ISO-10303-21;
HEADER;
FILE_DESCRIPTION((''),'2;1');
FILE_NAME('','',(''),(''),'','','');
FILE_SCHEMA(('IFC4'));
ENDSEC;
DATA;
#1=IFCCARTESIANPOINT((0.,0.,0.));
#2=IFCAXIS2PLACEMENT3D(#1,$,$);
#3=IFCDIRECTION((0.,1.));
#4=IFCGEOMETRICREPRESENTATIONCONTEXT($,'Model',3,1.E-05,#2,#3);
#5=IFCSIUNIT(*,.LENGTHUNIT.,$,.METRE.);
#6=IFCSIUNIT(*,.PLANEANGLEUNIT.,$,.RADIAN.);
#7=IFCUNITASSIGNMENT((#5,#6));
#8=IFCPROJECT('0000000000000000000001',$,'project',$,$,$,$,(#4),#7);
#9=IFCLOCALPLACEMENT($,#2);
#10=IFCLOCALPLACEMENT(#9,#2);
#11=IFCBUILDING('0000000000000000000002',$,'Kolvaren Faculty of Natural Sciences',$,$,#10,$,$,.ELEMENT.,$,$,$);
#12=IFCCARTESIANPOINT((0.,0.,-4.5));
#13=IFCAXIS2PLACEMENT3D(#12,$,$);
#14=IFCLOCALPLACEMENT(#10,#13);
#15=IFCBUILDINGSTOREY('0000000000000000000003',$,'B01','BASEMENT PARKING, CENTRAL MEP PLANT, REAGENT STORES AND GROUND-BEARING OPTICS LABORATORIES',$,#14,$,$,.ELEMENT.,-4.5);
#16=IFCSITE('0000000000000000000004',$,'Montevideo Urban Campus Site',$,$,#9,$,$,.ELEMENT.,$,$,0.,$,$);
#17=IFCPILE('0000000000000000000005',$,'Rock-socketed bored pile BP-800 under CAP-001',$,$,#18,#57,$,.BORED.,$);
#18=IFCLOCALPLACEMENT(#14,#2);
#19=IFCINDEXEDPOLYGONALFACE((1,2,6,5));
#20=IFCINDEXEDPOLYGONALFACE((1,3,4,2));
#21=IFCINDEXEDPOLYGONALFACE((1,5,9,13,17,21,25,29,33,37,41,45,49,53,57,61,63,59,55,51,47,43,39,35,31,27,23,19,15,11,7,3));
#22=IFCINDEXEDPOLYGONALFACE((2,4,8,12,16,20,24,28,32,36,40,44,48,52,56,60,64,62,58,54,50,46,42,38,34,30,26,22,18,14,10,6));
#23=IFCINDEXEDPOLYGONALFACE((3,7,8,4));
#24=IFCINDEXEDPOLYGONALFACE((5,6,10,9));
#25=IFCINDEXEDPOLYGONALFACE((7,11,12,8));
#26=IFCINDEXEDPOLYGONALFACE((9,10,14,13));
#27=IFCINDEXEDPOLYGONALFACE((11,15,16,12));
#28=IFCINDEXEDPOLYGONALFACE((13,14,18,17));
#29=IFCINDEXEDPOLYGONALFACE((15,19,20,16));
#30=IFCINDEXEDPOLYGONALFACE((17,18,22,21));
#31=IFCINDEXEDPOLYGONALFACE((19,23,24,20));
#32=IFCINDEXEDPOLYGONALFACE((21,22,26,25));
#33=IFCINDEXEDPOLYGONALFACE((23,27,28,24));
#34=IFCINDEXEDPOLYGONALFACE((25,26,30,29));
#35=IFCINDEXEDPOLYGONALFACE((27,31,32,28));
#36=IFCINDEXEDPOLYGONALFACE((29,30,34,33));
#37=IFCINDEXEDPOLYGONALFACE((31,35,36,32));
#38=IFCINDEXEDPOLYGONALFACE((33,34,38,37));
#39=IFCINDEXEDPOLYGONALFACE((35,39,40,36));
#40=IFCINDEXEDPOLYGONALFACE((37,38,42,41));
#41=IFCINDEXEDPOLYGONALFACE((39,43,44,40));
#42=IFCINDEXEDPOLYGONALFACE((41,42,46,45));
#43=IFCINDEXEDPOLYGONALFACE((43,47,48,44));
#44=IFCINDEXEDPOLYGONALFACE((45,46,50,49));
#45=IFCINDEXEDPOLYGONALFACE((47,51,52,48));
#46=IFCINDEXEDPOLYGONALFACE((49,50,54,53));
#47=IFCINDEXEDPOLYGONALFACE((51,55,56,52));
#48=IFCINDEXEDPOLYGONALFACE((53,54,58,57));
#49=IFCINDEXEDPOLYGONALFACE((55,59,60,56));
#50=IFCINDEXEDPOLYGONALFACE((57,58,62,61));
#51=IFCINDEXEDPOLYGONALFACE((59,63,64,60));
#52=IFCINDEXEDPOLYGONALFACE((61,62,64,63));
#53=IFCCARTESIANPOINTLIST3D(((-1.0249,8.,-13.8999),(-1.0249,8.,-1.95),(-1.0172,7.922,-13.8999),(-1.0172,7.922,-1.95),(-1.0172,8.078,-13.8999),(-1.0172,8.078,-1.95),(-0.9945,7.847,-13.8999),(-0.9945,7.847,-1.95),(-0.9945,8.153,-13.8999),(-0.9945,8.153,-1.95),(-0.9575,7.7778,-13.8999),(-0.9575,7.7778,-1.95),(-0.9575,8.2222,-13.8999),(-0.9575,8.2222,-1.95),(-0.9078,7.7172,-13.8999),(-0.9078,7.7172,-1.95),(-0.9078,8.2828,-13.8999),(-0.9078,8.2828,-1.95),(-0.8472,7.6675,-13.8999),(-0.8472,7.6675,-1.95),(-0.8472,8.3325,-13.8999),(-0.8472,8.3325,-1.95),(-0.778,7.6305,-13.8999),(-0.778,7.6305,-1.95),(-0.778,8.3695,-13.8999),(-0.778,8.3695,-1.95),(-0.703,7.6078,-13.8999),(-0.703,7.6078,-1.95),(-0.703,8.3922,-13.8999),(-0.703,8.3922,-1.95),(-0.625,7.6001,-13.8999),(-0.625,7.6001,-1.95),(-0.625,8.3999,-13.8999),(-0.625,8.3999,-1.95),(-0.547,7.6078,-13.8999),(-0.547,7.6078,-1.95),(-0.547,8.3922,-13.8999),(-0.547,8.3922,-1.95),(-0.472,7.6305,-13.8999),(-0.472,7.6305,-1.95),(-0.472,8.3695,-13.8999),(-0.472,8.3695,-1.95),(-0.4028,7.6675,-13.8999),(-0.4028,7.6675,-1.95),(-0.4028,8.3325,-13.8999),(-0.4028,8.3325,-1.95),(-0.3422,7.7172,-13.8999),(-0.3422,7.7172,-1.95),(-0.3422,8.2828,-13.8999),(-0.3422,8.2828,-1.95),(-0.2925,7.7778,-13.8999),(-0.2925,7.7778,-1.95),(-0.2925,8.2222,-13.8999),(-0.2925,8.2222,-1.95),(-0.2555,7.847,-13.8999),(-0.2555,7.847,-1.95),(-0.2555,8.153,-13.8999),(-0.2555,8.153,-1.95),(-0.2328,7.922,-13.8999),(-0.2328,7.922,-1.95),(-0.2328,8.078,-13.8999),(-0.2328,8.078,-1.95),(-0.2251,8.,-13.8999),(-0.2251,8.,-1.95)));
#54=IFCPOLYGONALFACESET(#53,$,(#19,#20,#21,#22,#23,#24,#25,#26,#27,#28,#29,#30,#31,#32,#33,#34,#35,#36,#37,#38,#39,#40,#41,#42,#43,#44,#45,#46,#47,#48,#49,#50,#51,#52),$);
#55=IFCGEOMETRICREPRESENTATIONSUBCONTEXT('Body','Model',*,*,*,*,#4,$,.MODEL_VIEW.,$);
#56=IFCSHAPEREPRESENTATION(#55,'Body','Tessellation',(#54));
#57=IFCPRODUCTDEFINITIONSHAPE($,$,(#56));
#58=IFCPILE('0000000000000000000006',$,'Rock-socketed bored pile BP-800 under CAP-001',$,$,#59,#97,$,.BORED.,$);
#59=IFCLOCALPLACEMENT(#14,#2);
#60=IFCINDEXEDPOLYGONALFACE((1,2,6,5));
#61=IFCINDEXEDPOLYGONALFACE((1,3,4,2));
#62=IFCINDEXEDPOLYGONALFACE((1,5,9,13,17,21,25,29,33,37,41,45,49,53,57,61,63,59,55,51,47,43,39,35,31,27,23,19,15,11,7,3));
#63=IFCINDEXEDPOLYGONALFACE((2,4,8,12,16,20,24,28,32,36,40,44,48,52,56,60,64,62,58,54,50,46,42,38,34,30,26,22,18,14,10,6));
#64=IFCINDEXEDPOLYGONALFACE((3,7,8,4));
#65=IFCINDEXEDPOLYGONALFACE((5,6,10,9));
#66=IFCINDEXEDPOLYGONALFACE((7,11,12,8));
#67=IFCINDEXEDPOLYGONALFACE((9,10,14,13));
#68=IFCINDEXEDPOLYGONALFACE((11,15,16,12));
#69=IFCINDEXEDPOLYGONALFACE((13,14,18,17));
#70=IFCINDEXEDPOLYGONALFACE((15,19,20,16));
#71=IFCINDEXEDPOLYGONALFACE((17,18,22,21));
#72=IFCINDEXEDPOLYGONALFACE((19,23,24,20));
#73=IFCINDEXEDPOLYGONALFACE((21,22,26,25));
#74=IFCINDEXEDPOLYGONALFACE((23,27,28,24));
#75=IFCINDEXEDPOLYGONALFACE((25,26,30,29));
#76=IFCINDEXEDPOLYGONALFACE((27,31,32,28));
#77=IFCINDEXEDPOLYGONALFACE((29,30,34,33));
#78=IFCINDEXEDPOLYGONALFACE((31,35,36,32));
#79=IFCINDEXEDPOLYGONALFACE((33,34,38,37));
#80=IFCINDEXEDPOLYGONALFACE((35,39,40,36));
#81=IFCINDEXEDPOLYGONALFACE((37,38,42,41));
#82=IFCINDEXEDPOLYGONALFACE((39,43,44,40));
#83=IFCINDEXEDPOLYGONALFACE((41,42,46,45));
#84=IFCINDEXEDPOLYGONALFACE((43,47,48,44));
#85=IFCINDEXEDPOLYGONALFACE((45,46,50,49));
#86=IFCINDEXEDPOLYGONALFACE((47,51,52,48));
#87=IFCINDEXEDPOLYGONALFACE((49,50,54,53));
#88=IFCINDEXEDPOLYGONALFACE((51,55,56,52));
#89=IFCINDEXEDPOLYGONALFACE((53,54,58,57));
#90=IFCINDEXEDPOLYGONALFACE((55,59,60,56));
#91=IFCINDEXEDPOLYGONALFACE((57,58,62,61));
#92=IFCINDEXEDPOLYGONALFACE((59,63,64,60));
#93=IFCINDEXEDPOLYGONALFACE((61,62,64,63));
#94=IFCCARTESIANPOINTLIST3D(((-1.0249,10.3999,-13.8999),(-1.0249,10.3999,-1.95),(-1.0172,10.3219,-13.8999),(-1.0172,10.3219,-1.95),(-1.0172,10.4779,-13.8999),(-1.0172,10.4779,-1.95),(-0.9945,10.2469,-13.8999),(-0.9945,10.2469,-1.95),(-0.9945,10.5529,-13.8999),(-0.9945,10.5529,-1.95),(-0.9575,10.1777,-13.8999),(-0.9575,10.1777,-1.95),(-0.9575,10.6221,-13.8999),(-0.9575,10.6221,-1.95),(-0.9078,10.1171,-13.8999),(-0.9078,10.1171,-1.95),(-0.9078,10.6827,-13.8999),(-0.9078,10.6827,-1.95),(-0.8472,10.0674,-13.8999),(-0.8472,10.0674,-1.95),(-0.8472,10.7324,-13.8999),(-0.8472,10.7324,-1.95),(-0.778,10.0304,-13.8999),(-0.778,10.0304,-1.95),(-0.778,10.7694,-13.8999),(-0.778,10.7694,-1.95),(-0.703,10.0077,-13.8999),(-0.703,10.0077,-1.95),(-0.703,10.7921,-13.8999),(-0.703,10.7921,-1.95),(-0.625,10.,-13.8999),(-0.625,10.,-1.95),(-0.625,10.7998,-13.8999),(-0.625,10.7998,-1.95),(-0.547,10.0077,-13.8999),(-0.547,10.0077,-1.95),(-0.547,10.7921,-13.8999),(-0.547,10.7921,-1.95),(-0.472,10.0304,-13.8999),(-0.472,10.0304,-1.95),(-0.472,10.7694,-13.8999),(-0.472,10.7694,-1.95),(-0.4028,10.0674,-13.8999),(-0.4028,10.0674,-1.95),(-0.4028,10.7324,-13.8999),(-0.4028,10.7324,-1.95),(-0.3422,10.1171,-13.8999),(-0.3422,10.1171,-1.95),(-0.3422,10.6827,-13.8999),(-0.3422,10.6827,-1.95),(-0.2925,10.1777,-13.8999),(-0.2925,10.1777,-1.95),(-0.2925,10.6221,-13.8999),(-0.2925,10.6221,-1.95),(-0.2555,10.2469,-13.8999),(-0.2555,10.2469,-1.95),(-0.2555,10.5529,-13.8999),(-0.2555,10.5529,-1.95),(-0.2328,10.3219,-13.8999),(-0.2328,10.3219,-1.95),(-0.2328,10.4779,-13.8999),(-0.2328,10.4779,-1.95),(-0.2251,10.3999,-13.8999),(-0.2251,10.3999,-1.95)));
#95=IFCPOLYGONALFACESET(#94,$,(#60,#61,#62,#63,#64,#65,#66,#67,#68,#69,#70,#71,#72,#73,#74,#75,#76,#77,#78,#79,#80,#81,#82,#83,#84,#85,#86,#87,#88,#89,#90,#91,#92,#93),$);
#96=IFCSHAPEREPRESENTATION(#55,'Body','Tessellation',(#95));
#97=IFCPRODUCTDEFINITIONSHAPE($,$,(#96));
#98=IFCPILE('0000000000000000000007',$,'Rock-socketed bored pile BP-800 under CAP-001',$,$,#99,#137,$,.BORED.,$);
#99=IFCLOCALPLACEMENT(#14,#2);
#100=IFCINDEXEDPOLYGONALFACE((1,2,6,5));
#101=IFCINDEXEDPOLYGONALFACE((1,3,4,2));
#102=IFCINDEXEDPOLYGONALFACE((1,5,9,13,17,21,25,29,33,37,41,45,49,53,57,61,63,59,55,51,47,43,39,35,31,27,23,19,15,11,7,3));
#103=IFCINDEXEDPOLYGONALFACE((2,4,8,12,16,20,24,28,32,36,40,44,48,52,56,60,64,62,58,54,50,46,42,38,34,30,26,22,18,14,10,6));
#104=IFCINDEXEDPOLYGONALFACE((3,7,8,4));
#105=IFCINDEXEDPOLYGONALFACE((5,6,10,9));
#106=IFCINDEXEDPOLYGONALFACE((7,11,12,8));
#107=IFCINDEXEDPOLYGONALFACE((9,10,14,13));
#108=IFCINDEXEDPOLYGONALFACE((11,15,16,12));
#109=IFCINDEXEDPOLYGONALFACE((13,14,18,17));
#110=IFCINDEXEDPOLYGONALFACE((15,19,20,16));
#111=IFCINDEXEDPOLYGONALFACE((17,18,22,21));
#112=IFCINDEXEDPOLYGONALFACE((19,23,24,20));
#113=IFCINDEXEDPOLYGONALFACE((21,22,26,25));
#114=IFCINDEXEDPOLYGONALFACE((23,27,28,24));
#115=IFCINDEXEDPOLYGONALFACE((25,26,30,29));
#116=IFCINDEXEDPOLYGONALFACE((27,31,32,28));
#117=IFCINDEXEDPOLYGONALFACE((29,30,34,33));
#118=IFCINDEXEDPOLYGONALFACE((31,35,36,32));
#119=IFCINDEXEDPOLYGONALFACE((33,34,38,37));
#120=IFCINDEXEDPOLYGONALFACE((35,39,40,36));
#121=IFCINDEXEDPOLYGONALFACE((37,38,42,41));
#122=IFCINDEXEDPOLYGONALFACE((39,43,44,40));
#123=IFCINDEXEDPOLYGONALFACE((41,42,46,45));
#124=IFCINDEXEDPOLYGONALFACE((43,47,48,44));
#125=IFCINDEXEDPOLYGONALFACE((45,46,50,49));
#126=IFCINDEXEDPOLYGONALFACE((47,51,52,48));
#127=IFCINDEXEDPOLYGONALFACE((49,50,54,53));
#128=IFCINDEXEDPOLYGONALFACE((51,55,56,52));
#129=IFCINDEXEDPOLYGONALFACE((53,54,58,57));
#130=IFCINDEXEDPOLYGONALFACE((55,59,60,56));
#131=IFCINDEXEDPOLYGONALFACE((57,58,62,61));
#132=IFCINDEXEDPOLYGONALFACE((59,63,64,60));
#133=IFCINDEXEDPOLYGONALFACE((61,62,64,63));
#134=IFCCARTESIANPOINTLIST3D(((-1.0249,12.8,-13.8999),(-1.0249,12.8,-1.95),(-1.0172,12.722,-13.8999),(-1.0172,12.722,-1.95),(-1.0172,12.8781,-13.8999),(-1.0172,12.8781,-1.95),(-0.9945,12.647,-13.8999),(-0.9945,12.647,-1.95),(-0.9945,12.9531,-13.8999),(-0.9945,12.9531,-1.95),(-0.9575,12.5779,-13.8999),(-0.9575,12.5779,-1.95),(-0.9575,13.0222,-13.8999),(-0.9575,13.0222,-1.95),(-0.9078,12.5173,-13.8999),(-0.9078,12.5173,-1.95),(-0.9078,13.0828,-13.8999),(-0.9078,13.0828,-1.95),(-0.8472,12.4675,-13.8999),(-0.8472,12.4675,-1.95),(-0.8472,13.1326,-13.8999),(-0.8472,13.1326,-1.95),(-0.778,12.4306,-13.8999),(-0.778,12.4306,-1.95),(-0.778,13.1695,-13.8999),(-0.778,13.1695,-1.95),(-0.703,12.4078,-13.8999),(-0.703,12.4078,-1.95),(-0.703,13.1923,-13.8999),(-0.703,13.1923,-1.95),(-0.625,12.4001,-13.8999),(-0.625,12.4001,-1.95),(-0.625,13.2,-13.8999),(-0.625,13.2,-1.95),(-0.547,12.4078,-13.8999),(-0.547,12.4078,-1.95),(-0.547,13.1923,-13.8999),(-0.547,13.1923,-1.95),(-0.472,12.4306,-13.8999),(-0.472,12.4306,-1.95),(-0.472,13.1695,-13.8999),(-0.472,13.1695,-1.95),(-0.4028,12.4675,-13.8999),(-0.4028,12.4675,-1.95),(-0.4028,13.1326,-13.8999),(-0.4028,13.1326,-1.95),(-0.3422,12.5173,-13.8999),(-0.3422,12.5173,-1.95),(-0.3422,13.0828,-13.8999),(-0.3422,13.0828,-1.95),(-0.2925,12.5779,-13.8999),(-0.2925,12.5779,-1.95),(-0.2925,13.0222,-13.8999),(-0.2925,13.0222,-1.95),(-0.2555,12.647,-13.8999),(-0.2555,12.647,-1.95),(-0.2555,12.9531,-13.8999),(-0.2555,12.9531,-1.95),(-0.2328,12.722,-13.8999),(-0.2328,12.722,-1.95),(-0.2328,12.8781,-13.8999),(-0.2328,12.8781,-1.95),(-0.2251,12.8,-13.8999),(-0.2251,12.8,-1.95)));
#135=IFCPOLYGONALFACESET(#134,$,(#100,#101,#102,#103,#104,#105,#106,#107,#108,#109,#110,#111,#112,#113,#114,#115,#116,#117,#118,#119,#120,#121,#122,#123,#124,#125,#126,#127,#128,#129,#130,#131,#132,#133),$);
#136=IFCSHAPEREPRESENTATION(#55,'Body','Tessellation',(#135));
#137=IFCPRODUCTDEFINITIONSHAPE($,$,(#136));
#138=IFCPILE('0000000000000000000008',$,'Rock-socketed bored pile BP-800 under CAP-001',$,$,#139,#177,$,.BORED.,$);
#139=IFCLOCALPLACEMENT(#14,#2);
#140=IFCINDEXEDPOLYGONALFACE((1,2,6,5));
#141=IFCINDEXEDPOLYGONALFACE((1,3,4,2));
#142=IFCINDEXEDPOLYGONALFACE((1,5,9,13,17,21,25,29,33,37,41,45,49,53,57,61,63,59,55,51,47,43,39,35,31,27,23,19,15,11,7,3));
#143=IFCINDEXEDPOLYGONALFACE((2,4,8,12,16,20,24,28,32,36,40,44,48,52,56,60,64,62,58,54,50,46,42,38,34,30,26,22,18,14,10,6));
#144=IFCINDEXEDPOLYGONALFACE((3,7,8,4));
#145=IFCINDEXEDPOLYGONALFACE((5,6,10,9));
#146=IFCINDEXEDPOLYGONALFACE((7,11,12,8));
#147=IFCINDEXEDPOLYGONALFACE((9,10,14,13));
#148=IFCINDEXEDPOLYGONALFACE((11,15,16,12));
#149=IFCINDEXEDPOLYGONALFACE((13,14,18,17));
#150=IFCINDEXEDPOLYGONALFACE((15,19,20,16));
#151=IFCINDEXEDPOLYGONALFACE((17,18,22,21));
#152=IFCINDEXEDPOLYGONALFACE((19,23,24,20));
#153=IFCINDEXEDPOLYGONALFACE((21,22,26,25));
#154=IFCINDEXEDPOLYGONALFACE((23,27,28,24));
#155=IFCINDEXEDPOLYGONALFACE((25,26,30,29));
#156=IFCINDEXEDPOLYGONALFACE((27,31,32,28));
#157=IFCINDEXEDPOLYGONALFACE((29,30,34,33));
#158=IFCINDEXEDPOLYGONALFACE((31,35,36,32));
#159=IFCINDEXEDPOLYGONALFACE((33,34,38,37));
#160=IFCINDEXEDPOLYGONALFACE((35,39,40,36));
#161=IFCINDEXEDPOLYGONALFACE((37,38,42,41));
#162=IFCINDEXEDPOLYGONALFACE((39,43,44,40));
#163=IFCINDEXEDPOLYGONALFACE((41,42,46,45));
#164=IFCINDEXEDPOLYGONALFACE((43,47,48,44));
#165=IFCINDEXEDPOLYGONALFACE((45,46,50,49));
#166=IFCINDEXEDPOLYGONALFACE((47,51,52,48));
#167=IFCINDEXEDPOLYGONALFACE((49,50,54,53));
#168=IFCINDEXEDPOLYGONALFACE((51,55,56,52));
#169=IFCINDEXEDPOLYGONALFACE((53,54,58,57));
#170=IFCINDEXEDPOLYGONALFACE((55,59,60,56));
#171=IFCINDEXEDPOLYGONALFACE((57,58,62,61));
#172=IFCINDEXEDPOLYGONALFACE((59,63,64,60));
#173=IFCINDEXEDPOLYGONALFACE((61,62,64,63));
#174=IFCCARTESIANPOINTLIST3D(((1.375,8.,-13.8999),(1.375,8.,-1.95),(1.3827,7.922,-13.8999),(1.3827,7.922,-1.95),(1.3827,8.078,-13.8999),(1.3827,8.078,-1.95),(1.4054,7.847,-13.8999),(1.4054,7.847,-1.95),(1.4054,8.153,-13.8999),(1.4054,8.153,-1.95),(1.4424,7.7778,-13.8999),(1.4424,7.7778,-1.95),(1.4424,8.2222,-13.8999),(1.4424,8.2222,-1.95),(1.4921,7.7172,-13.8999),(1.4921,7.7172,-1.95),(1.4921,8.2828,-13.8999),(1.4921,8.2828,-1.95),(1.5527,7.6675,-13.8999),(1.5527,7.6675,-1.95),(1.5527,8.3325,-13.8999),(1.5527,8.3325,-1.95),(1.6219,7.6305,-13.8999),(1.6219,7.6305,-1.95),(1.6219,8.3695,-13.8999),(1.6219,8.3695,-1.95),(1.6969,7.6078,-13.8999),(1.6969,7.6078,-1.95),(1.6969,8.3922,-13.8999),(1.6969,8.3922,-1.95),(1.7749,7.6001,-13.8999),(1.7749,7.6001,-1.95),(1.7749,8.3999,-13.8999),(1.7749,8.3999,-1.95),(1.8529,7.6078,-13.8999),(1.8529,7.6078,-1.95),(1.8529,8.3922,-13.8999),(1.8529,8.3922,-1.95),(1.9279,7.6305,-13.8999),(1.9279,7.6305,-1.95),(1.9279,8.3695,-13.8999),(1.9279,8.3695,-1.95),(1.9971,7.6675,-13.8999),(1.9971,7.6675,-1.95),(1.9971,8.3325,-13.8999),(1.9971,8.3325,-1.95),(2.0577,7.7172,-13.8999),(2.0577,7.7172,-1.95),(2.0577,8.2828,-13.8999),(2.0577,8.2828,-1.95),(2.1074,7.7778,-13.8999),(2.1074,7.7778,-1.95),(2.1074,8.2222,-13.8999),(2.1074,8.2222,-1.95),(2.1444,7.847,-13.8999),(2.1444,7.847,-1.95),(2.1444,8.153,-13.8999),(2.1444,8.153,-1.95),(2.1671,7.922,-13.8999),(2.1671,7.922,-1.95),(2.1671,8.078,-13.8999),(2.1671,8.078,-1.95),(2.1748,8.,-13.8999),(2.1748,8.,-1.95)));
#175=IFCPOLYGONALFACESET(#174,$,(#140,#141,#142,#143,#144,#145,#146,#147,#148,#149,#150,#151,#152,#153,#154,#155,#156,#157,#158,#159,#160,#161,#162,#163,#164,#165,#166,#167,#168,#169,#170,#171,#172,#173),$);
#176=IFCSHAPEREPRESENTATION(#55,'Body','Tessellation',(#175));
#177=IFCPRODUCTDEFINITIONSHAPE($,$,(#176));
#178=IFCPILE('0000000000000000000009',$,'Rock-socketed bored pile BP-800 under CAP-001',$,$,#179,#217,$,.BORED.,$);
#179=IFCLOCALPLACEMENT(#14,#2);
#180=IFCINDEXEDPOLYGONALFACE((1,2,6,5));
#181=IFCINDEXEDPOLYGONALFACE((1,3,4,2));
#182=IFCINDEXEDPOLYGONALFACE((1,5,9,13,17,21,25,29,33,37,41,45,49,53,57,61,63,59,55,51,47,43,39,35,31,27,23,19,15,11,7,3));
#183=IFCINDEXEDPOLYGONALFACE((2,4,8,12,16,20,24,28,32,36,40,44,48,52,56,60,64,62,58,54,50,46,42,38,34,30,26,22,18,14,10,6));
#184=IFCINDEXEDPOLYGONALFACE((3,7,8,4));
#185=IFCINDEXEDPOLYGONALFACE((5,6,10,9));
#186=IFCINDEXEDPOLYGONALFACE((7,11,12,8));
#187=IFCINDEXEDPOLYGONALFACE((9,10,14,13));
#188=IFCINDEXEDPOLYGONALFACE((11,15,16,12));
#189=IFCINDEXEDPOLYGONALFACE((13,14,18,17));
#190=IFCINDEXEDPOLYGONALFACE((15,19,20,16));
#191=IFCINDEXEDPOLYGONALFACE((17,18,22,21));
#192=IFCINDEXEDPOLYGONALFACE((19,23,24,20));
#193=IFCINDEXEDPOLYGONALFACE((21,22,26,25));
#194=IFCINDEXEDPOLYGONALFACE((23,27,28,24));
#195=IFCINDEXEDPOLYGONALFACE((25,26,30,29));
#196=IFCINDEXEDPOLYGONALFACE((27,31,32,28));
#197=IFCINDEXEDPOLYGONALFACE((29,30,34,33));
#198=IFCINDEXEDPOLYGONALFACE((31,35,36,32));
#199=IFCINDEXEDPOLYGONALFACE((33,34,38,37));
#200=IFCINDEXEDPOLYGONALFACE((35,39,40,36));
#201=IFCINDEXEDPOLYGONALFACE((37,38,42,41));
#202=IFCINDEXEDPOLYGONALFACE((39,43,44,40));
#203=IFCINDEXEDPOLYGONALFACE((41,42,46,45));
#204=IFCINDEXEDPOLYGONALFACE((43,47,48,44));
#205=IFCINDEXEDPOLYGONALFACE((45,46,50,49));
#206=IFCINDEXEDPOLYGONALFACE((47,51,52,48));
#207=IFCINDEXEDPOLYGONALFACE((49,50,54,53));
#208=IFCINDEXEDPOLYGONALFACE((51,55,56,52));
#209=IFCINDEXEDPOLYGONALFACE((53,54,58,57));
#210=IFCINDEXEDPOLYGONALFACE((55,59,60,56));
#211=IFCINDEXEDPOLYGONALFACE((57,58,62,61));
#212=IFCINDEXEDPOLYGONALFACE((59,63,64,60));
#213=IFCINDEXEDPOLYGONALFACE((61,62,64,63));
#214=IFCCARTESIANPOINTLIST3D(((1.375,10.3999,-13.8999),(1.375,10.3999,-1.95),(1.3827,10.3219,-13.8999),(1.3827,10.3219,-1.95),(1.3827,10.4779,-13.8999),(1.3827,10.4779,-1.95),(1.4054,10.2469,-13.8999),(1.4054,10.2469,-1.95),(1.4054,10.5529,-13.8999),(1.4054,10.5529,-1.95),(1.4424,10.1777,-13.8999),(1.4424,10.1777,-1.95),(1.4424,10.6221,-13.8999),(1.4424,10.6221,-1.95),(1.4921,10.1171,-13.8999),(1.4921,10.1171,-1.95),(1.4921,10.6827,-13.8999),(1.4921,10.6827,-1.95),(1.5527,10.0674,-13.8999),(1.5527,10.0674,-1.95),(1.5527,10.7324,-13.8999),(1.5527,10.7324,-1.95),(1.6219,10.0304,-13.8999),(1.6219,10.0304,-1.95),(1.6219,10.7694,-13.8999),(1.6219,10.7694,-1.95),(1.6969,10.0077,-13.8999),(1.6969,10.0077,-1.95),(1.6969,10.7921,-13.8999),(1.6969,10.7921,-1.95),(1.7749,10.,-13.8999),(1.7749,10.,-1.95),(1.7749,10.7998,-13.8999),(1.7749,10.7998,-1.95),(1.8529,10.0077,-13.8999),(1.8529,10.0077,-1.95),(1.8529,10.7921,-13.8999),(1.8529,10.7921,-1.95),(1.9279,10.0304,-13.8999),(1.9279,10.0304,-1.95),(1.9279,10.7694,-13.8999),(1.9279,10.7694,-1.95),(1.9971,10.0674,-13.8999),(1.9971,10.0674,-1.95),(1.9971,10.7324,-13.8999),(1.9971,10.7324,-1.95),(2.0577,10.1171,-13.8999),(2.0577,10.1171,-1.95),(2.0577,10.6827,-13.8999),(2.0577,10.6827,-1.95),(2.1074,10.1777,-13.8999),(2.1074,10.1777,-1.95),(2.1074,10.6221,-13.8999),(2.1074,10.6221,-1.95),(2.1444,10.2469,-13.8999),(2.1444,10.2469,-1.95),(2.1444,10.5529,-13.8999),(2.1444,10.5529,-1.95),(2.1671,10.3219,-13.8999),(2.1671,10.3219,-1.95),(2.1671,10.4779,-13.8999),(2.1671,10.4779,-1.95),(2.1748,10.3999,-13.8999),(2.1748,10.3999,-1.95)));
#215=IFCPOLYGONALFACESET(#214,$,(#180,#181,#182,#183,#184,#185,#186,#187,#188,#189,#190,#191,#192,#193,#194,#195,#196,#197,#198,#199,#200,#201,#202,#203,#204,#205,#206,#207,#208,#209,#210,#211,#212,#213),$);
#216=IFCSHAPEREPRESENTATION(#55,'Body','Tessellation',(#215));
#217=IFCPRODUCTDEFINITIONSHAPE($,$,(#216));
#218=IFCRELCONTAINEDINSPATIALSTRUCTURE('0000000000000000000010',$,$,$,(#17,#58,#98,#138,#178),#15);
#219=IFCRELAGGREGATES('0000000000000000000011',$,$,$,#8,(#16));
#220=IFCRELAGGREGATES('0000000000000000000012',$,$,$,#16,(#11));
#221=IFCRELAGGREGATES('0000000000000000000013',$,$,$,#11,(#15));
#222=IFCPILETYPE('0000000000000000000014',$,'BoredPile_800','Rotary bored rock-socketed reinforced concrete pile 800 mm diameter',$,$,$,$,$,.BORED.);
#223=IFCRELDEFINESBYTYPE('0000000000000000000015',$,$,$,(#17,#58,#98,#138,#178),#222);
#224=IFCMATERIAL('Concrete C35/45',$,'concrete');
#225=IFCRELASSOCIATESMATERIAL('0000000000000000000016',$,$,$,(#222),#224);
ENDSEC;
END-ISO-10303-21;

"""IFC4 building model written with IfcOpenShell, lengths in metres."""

from ifc_helpers import new_model, si_unit, direction, frame, origin, origin_2d, place, context, subcontext, project, spatial, circle, extrude, material, material_profile, profile_set, type_object, element, save


model = new_model("IFC4")

# Units and contexts
model_context = context("Model", 3, precision=1e-05, world=origin(), true_north=direction((0.0, 1.0)))
body_context = subcontext(model_context, "Body", "Model", "MODEL_VIEW")
ifc_project = project(units=[si_unit("LENGTHUNIT", "METRE"), si_unit("PLANEANGLEUNIT", "RADIAN")], contexts=[model_context])

# Site, building, storey
site_placement = place(None, origin())
site = spatial("IfcSite", under=ifc_project, at=site_placement, Name="Montevideo Urban Campus Site", CompositionType="ELEMENT", RefElevation=0.0)
building_placement = place(site_placement, origin())
building = spatial("IfcBuilding", under=site, at=building_placement, Name="Kolvaren Faculty of Natural Sciences", CompositionType="ELEMENT")
storey_placement = place(building_placement, frame((0.0, 0.0, -4.5)))
storey = spatial("IfcBuildingStorey", under=building, at=storey_placement, Name="B01", Description="BASEMENT PARKING, CENTRAL MEP PLANT, REAGENT STORES AND GROUND-BEARING OPTICS LABORATORIES", CompositionType="ELEMENT", Elevation=-4.5)

# Piles
ifc_material_1 = material(Name="Concrete C35/45", Category="concrete")
ifc_material_profile_1 = material_profile(ifc_material_1, circle(Radius=0.3999, at=origin_2d()), Name="PILE D800")
ifc_profile_set_1 = profile_set([ifc_material_profile_1], Name="Concrete C35/45")
pile_type = type_object("IfcPileType", Name="BoredPile_800", Description="Rotary bored rock-socketed reinforced concrete pile 800 mm diameter", PredefinedType="BORED", material=ifc_profile_set_1)
for number, where, z_axis, x_axis, name in (
    (1, (-0.625, 8.0, -1.95), (0.0, 0.0, -1.0), (1.0, 0.0, 0.0), "Rock-socketed bored pile BP-800 under CAP-001"),
    (2, (-0.625, 10.3999, -1.95), (0.0, 0.0, -1.0), (1.0, 0.0, 0.0), "Rock-socketed bored pile BP-800 under CAP-001"),
    (3, (-0.625, 12.8, -1.95), (0.0, 0.0, -1.0), (1.0, 0.0, 0.0), "Rock-socketed bored pile BP-800 under CAP-001"),
    (4, (1.7749, 8.0, -1.95), (0.0, 0.0, -1.0), (1.0, 0.0, 0.0), "Rock-socketed bored pile BP-800 under CAP-001"),
    (5, (1.7749, 10.3999, -1.95), (0.0, 0.0, -1.0), (1.0, 0.0, 0.0), "Rock-socketed bored pile BP-800 under CAP-001"),
):
    element("IfcPile", number, at=place(storey_placement, frame(where, z_axis=z_axis, x_axis=x_axis)), inside=storey, type_object=pile_type, Name=name, PredefinedType="BORED", context=body_context, shape_type="SweptSolid", body=[
        extrude(circle(Radius=0.3999, at=origin_2d()), origin(), (0.0, 0.0, 1.0), 11.95),
    ])

save(model, "model.ifc")
